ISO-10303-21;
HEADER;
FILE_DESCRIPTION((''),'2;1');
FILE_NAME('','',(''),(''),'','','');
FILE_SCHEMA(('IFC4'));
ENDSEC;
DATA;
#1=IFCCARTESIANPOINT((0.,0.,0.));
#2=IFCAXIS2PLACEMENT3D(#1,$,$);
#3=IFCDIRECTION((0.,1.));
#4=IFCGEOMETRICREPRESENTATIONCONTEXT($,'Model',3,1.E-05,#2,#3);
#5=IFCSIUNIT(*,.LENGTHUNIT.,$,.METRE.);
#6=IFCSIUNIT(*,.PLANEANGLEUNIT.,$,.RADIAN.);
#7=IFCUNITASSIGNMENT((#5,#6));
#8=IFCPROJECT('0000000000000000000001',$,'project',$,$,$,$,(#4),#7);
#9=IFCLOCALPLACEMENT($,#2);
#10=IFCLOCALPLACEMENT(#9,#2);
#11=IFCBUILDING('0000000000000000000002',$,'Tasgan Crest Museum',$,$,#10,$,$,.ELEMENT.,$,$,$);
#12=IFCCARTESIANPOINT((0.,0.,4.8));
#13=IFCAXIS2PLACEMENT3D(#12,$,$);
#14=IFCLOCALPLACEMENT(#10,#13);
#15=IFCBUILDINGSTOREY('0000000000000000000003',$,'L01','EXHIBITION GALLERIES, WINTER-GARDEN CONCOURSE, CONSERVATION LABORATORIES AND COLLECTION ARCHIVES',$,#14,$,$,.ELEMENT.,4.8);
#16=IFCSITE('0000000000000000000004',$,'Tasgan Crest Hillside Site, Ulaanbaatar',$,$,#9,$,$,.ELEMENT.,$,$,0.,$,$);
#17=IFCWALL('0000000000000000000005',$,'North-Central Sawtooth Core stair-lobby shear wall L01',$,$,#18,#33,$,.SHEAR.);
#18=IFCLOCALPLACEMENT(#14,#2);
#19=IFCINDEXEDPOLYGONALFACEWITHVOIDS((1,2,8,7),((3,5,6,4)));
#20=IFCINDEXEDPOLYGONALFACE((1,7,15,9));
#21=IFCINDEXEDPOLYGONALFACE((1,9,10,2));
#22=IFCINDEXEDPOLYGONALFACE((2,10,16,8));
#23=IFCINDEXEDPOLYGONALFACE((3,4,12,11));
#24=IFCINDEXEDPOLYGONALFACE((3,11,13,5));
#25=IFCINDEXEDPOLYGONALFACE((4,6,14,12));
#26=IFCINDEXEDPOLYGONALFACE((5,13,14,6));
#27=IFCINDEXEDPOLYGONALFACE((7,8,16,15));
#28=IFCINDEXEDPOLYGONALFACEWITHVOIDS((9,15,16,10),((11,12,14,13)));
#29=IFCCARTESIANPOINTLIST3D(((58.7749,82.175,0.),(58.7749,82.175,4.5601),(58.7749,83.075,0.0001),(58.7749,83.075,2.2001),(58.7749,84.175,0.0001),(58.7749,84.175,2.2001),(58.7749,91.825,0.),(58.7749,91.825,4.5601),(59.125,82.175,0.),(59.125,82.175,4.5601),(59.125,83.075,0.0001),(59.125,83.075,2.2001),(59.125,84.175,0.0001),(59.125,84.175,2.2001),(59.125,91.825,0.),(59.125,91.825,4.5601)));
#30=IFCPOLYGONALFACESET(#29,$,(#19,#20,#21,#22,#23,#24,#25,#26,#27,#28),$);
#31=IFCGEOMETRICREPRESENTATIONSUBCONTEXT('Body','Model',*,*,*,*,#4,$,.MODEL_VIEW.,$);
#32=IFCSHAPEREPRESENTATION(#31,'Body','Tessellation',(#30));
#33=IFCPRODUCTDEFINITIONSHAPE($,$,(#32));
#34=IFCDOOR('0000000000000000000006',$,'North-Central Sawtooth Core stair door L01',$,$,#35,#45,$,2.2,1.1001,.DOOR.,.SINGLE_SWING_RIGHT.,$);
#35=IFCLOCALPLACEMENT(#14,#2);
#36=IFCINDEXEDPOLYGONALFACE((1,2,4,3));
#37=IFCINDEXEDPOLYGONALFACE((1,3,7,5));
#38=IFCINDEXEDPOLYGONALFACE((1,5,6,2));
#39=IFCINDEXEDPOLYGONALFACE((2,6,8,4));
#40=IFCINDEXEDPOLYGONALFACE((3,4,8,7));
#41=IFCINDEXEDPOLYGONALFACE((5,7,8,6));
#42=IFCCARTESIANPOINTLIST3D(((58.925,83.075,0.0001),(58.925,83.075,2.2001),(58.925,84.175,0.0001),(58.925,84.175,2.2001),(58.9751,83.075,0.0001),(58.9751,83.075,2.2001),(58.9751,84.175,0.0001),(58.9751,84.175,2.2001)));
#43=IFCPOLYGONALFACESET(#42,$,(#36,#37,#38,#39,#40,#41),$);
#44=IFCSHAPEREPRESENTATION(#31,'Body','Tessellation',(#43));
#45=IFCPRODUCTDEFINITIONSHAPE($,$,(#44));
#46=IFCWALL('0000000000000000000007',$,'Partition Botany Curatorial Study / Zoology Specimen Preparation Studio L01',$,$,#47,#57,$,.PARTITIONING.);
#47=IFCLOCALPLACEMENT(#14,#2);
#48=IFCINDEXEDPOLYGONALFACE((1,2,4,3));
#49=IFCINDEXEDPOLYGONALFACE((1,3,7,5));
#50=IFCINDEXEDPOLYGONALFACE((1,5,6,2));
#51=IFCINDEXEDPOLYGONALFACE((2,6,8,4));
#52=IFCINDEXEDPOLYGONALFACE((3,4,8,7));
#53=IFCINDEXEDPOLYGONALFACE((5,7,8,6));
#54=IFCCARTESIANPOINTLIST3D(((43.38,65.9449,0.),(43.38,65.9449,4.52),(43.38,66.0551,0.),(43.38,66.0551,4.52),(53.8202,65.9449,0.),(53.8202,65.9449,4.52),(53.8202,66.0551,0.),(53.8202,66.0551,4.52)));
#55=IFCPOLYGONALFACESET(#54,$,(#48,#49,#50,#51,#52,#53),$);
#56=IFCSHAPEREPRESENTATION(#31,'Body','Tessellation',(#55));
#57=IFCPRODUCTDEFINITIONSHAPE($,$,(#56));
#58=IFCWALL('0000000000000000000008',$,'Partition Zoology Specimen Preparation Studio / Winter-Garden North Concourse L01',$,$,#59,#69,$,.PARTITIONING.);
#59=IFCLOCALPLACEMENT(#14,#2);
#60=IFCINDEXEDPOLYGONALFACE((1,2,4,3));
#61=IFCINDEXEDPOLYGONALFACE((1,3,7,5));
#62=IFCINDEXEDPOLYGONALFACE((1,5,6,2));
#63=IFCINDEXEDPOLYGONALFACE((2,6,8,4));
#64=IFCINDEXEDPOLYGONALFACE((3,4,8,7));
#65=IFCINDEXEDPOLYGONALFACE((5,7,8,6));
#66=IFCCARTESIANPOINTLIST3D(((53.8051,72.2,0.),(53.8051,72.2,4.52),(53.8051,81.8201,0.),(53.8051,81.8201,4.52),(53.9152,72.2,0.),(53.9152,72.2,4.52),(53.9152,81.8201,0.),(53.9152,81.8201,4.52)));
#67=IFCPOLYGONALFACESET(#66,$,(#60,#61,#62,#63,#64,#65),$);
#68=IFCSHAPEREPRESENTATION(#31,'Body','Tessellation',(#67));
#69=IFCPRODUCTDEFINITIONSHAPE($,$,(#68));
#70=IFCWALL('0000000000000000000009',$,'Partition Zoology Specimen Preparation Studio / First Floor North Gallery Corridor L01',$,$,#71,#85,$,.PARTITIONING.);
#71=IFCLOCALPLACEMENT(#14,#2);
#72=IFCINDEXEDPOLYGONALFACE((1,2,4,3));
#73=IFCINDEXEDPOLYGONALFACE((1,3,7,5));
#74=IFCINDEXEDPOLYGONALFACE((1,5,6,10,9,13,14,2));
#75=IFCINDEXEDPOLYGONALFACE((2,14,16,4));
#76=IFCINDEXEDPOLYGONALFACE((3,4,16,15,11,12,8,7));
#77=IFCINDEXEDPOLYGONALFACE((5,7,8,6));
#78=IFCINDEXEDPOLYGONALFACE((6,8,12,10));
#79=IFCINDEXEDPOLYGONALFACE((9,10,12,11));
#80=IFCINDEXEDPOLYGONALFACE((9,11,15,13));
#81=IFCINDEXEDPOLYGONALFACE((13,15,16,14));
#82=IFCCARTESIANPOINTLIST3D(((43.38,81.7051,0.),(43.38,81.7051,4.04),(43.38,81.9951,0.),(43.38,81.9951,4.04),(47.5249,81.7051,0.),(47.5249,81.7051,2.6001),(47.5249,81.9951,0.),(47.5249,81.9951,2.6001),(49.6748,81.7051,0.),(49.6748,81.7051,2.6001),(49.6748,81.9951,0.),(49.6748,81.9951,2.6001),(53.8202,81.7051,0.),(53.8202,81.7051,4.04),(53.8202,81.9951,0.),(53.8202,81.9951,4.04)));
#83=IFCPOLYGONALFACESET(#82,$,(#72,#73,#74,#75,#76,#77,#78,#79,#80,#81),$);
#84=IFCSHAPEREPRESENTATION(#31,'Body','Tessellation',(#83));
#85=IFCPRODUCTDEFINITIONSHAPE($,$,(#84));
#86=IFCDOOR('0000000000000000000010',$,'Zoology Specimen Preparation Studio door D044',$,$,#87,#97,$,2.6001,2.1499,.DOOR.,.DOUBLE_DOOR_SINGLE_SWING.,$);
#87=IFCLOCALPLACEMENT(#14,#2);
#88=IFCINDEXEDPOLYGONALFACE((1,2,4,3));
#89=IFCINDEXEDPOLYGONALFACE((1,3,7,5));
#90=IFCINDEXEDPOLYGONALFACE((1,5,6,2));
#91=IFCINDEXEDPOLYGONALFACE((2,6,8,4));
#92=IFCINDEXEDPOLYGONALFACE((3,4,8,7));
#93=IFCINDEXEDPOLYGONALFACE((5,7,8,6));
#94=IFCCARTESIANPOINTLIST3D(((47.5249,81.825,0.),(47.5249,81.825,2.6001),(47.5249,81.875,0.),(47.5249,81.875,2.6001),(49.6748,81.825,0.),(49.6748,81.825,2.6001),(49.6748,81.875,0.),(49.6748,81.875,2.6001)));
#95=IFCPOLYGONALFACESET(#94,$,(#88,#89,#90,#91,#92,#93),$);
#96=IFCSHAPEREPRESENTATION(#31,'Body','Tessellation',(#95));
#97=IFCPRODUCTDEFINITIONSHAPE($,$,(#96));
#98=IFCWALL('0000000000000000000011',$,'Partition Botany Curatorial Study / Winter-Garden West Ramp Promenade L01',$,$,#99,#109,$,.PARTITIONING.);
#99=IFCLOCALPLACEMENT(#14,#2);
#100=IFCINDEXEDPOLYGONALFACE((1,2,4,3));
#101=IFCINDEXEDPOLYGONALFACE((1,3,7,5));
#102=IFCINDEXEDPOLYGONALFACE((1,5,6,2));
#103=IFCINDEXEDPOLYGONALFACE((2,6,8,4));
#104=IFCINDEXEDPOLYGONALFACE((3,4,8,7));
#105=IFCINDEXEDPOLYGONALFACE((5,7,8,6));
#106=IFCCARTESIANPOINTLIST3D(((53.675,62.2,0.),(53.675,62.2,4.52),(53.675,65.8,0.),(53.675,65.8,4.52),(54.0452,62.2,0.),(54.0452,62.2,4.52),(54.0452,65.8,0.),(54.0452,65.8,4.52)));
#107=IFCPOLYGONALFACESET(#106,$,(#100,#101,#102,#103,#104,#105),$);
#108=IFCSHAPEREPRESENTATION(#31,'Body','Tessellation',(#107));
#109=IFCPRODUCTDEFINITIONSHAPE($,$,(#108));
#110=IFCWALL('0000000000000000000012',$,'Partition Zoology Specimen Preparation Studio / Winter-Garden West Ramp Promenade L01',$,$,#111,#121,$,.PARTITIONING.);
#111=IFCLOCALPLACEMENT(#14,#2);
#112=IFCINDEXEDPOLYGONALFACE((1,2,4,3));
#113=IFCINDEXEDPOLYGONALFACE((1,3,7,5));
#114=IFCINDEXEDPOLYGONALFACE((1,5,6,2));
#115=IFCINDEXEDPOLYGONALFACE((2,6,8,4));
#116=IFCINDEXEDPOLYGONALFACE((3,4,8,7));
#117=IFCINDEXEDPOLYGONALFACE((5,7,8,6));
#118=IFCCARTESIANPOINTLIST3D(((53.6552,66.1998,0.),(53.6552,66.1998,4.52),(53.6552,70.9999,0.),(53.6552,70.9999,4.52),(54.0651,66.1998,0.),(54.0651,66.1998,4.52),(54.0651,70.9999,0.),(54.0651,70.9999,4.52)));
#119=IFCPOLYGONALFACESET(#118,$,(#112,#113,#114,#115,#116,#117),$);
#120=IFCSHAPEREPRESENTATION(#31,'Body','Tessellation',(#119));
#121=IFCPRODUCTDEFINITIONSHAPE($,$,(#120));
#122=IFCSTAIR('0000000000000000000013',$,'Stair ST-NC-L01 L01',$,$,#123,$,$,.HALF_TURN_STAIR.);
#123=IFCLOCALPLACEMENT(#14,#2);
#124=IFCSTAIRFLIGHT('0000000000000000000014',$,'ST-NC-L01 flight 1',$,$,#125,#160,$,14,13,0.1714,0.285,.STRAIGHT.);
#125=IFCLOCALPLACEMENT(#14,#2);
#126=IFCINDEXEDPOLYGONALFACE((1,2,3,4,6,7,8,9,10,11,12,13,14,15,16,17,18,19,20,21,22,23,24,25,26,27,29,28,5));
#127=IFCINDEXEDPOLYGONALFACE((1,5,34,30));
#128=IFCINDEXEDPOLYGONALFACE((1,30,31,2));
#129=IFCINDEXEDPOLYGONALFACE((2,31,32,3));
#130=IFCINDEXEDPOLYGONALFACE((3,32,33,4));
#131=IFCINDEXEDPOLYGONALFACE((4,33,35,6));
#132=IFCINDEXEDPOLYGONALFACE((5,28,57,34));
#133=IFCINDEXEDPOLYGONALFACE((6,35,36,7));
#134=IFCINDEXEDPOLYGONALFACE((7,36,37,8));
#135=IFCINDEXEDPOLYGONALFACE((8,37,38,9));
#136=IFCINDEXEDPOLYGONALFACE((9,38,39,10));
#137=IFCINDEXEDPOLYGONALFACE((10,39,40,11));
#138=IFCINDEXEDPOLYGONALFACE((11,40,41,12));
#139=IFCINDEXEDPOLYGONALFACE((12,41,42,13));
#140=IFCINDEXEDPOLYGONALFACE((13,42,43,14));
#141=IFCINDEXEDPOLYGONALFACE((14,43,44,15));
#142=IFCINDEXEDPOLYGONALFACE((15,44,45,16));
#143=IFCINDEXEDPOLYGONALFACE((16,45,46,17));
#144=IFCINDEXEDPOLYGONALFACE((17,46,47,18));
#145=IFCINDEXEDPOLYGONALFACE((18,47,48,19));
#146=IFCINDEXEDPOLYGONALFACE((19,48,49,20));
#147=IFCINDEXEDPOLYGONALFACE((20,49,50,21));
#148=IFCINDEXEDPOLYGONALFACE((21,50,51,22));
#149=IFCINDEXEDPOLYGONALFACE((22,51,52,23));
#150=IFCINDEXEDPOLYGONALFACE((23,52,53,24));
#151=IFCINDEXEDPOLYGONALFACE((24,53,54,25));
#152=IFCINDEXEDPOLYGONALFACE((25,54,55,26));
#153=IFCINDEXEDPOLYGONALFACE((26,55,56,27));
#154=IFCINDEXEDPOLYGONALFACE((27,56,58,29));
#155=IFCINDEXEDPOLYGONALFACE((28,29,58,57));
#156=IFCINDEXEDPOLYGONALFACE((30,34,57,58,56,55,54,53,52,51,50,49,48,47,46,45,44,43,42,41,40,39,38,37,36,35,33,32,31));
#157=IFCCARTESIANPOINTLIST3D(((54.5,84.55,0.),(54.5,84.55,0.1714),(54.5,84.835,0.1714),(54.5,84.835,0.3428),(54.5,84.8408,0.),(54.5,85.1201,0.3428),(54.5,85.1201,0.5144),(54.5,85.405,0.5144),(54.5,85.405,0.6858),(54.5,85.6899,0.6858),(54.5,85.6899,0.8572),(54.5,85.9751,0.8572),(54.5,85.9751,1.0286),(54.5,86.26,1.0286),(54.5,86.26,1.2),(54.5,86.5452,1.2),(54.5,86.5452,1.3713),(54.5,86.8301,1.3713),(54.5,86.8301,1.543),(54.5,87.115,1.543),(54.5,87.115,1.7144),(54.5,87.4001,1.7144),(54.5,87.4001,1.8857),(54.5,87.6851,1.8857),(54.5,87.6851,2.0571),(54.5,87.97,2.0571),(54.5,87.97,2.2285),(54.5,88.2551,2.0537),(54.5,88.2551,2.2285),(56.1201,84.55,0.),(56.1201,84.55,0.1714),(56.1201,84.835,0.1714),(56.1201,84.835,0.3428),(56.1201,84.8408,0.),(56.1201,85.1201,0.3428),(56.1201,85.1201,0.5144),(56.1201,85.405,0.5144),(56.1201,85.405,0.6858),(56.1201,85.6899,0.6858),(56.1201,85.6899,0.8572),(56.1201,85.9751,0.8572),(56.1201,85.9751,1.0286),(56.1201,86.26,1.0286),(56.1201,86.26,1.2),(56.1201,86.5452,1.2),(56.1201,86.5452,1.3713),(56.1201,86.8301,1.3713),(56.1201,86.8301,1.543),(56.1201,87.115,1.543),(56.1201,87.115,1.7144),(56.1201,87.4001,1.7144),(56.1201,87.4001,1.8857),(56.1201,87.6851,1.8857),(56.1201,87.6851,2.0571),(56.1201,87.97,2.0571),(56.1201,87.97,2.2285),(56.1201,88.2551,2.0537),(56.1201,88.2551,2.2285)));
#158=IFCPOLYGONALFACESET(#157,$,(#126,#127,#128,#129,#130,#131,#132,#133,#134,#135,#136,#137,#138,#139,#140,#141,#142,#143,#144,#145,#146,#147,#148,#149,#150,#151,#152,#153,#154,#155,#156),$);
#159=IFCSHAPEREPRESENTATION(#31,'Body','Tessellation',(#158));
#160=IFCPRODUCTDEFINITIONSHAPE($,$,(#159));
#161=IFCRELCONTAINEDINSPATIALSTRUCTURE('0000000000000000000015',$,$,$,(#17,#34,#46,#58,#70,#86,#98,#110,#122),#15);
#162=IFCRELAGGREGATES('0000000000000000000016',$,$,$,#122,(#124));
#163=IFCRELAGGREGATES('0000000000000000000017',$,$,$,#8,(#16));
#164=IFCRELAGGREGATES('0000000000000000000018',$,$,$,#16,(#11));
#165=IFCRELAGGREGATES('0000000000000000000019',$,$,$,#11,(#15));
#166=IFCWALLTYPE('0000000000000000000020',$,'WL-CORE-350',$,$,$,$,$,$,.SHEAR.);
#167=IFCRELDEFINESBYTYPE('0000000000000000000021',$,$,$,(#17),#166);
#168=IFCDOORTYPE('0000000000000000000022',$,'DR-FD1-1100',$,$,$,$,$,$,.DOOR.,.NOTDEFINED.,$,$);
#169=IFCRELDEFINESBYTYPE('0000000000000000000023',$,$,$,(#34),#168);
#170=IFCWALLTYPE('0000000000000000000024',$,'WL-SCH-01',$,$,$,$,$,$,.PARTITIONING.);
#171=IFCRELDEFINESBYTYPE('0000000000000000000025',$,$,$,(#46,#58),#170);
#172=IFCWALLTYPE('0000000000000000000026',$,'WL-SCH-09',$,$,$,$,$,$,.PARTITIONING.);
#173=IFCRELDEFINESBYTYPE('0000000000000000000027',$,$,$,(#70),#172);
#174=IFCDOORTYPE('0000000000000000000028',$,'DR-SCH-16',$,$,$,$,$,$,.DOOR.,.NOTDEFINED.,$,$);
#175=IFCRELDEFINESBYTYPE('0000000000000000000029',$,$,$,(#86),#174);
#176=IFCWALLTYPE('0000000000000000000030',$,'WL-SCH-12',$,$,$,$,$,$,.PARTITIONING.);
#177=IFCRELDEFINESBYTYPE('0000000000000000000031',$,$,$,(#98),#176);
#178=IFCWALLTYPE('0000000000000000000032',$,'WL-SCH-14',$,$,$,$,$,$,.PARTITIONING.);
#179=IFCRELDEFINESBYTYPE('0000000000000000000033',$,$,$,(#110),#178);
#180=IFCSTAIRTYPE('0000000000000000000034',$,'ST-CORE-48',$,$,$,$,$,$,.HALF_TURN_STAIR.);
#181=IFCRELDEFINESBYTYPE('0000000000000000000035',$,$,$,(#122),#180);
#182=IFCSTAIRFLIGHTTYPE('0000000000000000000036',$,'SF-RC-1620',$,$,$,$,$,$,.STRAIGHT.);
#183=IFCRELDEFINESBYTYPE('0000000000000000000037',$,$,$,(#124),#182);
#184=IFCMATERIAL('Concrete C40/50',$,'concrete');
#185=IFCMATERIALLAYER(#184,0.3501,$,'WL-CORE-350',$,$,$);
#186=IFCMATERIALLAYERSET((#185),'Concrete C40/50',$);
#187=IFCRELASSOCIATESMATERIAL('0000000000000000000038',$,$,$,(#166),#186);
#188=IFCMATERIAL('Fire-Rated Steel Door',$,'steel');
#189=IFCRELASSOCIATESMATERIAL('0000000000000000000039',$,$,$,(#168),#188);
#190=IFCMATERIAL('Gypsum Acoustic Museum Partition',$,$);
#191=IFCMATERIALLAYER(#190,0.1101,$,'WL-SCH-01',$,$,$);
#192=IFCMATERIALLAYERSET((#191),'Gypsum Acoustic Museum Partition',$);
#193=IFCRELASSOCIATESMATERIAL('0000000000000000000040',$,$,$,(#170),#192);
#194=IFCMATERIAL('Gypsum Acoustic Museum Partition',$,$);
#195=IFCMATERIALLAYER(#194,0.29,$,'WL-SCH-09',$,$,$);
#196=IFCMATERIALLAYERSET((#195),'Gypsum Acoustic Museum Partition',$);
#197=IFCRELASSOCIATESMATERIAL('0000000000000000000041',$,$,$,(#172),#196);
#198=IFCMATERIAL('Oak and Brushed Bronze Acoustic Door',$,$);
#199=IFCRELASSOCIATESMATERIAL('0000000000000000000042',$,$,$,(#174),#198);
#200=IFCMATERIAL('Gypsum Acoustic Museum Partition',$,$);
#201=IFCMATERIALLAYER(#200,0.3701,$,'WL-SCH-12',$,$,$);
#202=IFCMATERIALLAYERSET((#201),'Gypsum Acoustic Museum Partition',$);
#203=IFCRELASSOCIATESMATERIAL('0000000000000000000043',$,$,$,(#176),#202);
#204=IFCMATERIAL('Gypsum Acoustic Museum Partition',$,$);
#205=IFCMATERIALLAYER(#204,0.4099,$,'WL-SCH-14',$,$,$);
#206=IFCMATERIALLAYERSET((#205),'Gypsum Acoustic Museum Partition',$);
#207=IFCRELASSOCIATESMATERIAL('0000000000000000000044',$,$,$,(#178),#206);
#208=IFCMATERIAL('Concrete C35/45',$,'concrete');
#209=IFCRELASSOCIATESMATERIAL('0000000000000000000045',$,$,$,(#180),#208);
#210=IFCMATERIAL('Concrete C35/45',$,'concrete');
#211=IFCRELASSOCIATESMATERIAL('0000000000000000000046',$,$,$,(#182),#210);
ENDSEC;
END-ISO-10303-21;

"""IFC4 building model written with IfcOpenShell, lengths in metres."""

from ifc_helpers import new_model, si_unit, direction, frame, frame_2d, origin, place, context, subcontext, project, spatial, polyline, rectangle, outline, extrude, material, layer, layer_set, type_object, element, fill, aggregate, save


model = new_model("IFC4")

# Units and contexts
model_context = context("Model", 3, precision=1e-05, world=origin(), true_north=direction((0.0, 1.0)))
body_context = subcontext(model_context, "Body", "Model", "MODEL_VIEW")
ifc_project = project(units=[si_unit("LENGTHUNIT", "METRE"), si_unit("PLANEANGLEUNIT", "RADIAN")], contexts=[model_context])

# Site, building, storey
site_placement = place(None, origin())
site = spatial("IfcSite", under=ifc_project, at=site_placement, Name="Tasgan Crest Hillside Site, Ulaanbaatar", CompositionType="ELEMENT", RefElevation=0.0)
building_placement = place(site_placement, origin())
building = spatial("IfcBuilding", under=site, at=building_placement, Name="Tasgan Crest Museum", CompositionType="ELEMENT")
storey_placement = place(building_placement, frame((0.0, 0.0, 4.8)))
storey = spatial("IfcBuildingStorey", under=building, at=storey_placement, Name="L01", Description="EXHIBITION GALLERIES, WINTER-GARDEN CONCOURSE, CONSERVATION LABORATORIES AND COLLECTION ARCHIVES", CompositionType="ELEMENT", Elevation=4.8)

# Shared definitions
ifc_material_1 = material(Name="Concrete C40/50", Category="concrete")
ifc_layer_1 = layer(ifc_material_1, 0.3501, Name="WL-CORE-350")
ifc_layer_set_1 = layer_set([ifc_layer_1], Name="Concrete C40/50")
wall_type_1 = type_object("IfcWallType", Name="WL-CORE-350", PredefinedType="SHEAR", material=ifc_layer_set_1)

# Wall, opening, door
wall_1_placement = place(storey_placement, frame((58.95, 82.175, 0.0), z_axis=(0.0, 0.0, 1.0), x_axis=(0.0, 1.0, 0.0)))
wall_1 = element("IfcWall", 1, at=wall_1_placement, inside=storey, type_object=wall_type_1, Name="North-Central Sawtooth Core stair-lobby shear wall L01", PredefinedType="SHEAR", context=body_context, shape_type="SweptSolid", body=[
    extrude(rectangle(XDim=9.6499, YDim=0.3501, at=frame_2d((4.825, 0.0))), origin(), (0.0, 0.0, 1.0), 4.5601),
])
opening_1_placement = place(wall_1_placement, frame((0.8999, 0.0, 0.0)))
opening_1 = element("IfcOpeningElement", 2, at=opening_1_placement, cuts=wall_1, PredefinedType="OPENING", context=body_context, shape_type="SweptSolid", body=[
    extrude(rectangle(XDim=1.1001, YDim=2.2, at=frame_2d((0.55, 1.1001))), frame((0.0, 0.1851, 0.0), z_axis=(0.0, -1.0, 0.0), x_axis=(1.0, 0.0, 0.0)), (0.0, 0.0, 1.0), 0.3701),
])
ifc_material_2 = material(Name="Fire-Rated Steel Door", Category="steel")
door_type_1 = type_object("IfcDoorType", Name="DR-FD1-1100", OperationType="NOTDEFINED", PredefinedType="DOOR", material=ifc_material_2)
door_1_placement = place(opening_1_placement, origin())
door_1 = element("IfcDoor", 3, at=door_1_placement, inside=storey, type_object=door_type_1, Name="North-Central Sawtooth Core stair door L01", OperationType="SINGLE_SWING_RIGHT", OverallHeight=2.2, OverallWidth=1.1001, PredefinedType="DOOR", context=body_context, shape_type="SweptSolid", body=[
    extrude(rectangle(XDim=1.1001, YDim=2.2, at=frame_2d((0.55, 1.1001))), frame((0.0, 0.0249, 0.0), z_axis=(0.0, -1.0, 0.0), x_axis=(1.0, 0.0, 0.0)), (0.0, 0.0, 1.0), 0.05),
])
fill(opening_1, door_1)

# Walls
ifc_material_3 = material(Name="Gypsum Acoustic Museum Partition")
ifc_layer_2 = layer(ifc_material_3, 0.1101, Name="WL-SCH-01")
ifc_layer_set_2 = layer_set([ifc_layer_2], Name="Gypsum Acoustic Museum Partition")
wall_type_2 = type_object("IfcWallType", Name="WL-SCH-01", PredefinedType="PARTITIONING", material=ifc_layer_set_2)
wall_2_placement = place(storey_placement, frame((43.3799, 66.0, 0.0), z_axis=(0.0, 0.0, 1.0), x_axis=(1.0, 0.0, 0.0)))
element("IfcWall", 4, at=wall_2_placement, inside=storey, type_object=wall_type_2, Name="Partition Botany Curatorial Study / Zoology Specimen Preparation Studio L01", PredefinedType="PARTITIONING", context=body_context, shape_type="SweptSolid", body=[
    extrude(rectangle(XDim=10.4402, YDim=0.1101, at=frame_2d((5.2202, 0.0))), origin(), (0.0, 0.0, 1.0), 4.52),
])
wall_3_placement = place(storey_placement, frame((53.8601, 72.2, 0.0), z_axis=(0.0, 0.0, 1.0), x_axis=(0.0, 1.0, 0.0)))
element("IfcWall", 5, at=wall_3_placement, inside=storey, type_object=wall_type_2, Name="Partition Zoology Specimen Preparation Studio / Winter-Garden North Concourse L01", PredefinedType="PARTITIONING", context=body_context, shape_type="SweptSolid", body=[
    extrude(rectangle(XDim=9.6201, YDim=0.1101, at=frame_2d((4.8101, 0.0))), origin(), (0.0, 0.0, 1.0), 4.52),
])

# Wall, opening, door
ifc_material_4 = material(Name="Gypsum Acoustic Museum Partition")
ifc_layer_3 = layer(ifc_material_4, 0.29, Name="WL-SCH-09")
ifc_layer_set_3 = layer_set([ifc_layer_3], Name="Gypsum Acoustic Museum Partition")
wall_type_3 = type_object("IfcWallType", Name="WL-SCH-09", PredefinedType="PARTITIONING", material=ifc_layer_set_3)
wall_4_placement = place(storey_placement, frame((43.3799, 81.8501, 0.0), z_axis=(0.0, 0.0, 1.0), x_axis=(1.0, 0.0, 0.0)))
wall_4 = element("IfcWall", 6, at=wall_4_placement, inside=storey, type_object=wall_type_3, Name="Partition Zoology Specimen Preparation Studio / First Floor North Gallery Corridor L01", PredefinedType="PARTITIONING", context=body_context, shape_type="SweptSolid", body=[
    extrude(rectangle(XDim=10.4402, YDim=0.29, at=frame_2d((5.2202, 0.0))), origin(), (0.0, 0.0, 1.0), 4.04),
])
opening_2_placement = place(wall_4_placement, frame((4.145, 0.0, 0.0)))
opening_2 = element("IfcOpeningElement", 7, at=opening_2_placement, cuts=wall_4, PredefinedType="OPENING", context=body_context, shape_type="SweptSolid", body=[
    extrude(rectangle(XDim=2.1499, YDim=2.6001, at=frame_2d((1.075, 1.3))), frame((0.0, 0.155, 0.0), z_axis=(0.0, -1.0, 0.0), x_axis=(1.0, 0.0, 0.0)), (0.0, 0.0, 1.0), 0.3101),
])
ifc_material_5 = material(Name="Oak and Brushed Bronze Acoustic Door")
door_type_2 = type_object("IfcDoorType", Name="DR-SCH-16", OperationType="NOTDEFINED", PredefinedType="DOOR", material=ifc_material_5)
door_2_placement = place(opening_2_placement, origin())
door_2 = element("IfcDoor", 8, at=door_2_placement, inside=storey, type_object=door_type_2, Name="Zoology Specimen Preparation Studio door D044", OperationType="DOUBLE_DOOR_SINGLE_SWING", OverallHeight=2.6001, OverallWidth=2.1499, PredefinedType="DOOR", context=body_context, shape_type="SweptSolid", body=[
    extrude(rectangle(XDim=2.1499, YDim=2.6001, at=frame_2d((1.075, 1.3))), frame((0.0, 0.0249, 0.0), z_axis=(0.0, -1.0, 0.0), x_axis=(1.0, 0.0, 0.0)), (0.0, 0.0, 1.0), 0.05),
])
fill(opening_2, door_2)

# Walls
ifc_material_6 = material(Name="Gypsum Acoustic Museum Partition")
ifc_layer_4 = layer(ifc_material_6, 0.3701, Name="WL-SCH-12")
ifc_layer_set_4 = layer_set([ifc_layer_4], Name="Gypsum Acoustic Museum Partition")
wall_type_4 = type_object("IfcWallType", Name="WL-SCH-12", PredefinedType="PARTITIONING", material=ifc_layer_set_4)
wall_5_placement = place(storey_placement, frame((53.8601, 62.2, 0.0), z_axis=(0.0, 0.0, 1.0), x_axis=(0.0, 1.0, 0.0)))
element("IfcWall", 9, at=wall_5_placement, inside=storey, type_object=wall_type_4, Name="Partition Botany Curatorial Study / Winter-Garden West Ramp Promenade L01", PredefinedType="PARTITIONING", context=body_context, shape_type="SweptSolid", body=[
    extrude(rectangle(XDim=3.6001, YDim=0.3701, at=frame_2d((1.8, 0.0))), origin(), (0.0, 0.0, 1.0), 4.52),
])
ifc_material_7 = material(Name="Gypsum Acoustic Museum Partition")
ifc_layer_5 = layer(ifc_material_7, 0.4099, Name="WL-SCH-14")
ifc_layer_set_5 = layer_set([ifc_layer_5], Name="Gypsum Acoustic Museum Partition")
wall_type_5 = type_object("IfcWallType", Name="WL-SCH-14", PredefinedType="PARTITIONING", material=ifc_layer_set_5)
wall_6_placement = place(storey_placement, frame((53.8601, 66.2, 0.0), z_axis=(0.0, 0.0, 1.0), x_axis=(0.0, 1.0, 0.0)))
element("IfcWall", 10, at=wall_6_placement, inside=storey, type_object=wall_type_5, Name="Partition Zoology Specimen Preparation Studio / Winter-Garden West Ramp Promenade L01", PredefinedType="PARTITIONING", context=body_context, shape_type="SweptSolid", body=[
    extrude(rectangle(XDim=4.8, YDim=0.4099, at=frame_2d((2.3999, 0.0))), origin(), (0.0, 0.0, 1.0), 4.52),
])

# Stair, stair flight
ifc_material_8 = material(Name="Concrete C35/45", Category="concrete")
stair_type = type_object("IfcStairType", Name="ST-CORE-48", PredefinedType="HALF_TURN_STAIR", material=ifc_material_8)
stair_placement = place(storey_placement, origin())
stair = element("IfcStair", 11, at=stair_placement, inside=storey, type_object=stair_type, Name="Stair ST-NC-L01 L01", PredefinedType="HALF_TURN_STAIR")
ifc_material_9 = material(Name="Concrete C35/45", Category="concrete")
stair_flight_type = type_object("IfcStairFlightType", Name="SF-RC-1620", PredefinedType="STRAIGHT", material=ifc_material_9)
stair_flight_placement = place(storey_placement, frame((55.3101, 84.55, 0.0), z_axis=(0.0, 0.0, 1.0), x_axis=(0.0, 1.0, 0.0)))
stair_flight = element("IfcStairFlight", 12, at=stair_flight_placement, type_object=stair_flight_type, Name="ST-NC-L01 flight 1", NumberOfRisers=14, NumberOfTreads=13, PredefinedType="STRAIGHT", RiserHeight=0.1714, TreadLength=0.285, context=body_context, shape_type="SweptSolid", body=[
    extrude(outline(polyline([(0.0, 0.0), (0.0, 0.1714), (0.2849, 0.1714), (0.2849, 0.3428), (0.5701, 0.3428), (0.5701, 0.5144), (0.855, 0.5144), (0.855, 0.6858), (1.1399, 0.6858), (1.1399, 0.8572), (1.425, 0.8572), (1.425, 1.0286), (1.71, 1.0286), (1.71, 1.2), (1.9951, 1.2), (1.9951, 1.3713), (2.28, 1.3713), (2.28, 1.543), (2.5649, 1.543), (2.5649, 1.7144), (2.8501, 1.7144), (2.8501, 1.8857), (3.135, 1.8857), (3.135, 2.0571), (3.4199, 2.0571), (3.4199, 2.2285), (3.7051, 2.2285), (3.7051, 2.3999), (3.7051, 2.0537), (0.2908, 0.0), (0.0, 0.0)])), frame((0.0, 0.8101, 0.0), z_axis=(0.0, -1.0, 0.0), x_axis=(1.0, 0.0, 0.0)), (0.0, 0.0, 1.0), 1.6201),
])
aggregate(stair, [stair_flight])

save(model, "model.ifc")
